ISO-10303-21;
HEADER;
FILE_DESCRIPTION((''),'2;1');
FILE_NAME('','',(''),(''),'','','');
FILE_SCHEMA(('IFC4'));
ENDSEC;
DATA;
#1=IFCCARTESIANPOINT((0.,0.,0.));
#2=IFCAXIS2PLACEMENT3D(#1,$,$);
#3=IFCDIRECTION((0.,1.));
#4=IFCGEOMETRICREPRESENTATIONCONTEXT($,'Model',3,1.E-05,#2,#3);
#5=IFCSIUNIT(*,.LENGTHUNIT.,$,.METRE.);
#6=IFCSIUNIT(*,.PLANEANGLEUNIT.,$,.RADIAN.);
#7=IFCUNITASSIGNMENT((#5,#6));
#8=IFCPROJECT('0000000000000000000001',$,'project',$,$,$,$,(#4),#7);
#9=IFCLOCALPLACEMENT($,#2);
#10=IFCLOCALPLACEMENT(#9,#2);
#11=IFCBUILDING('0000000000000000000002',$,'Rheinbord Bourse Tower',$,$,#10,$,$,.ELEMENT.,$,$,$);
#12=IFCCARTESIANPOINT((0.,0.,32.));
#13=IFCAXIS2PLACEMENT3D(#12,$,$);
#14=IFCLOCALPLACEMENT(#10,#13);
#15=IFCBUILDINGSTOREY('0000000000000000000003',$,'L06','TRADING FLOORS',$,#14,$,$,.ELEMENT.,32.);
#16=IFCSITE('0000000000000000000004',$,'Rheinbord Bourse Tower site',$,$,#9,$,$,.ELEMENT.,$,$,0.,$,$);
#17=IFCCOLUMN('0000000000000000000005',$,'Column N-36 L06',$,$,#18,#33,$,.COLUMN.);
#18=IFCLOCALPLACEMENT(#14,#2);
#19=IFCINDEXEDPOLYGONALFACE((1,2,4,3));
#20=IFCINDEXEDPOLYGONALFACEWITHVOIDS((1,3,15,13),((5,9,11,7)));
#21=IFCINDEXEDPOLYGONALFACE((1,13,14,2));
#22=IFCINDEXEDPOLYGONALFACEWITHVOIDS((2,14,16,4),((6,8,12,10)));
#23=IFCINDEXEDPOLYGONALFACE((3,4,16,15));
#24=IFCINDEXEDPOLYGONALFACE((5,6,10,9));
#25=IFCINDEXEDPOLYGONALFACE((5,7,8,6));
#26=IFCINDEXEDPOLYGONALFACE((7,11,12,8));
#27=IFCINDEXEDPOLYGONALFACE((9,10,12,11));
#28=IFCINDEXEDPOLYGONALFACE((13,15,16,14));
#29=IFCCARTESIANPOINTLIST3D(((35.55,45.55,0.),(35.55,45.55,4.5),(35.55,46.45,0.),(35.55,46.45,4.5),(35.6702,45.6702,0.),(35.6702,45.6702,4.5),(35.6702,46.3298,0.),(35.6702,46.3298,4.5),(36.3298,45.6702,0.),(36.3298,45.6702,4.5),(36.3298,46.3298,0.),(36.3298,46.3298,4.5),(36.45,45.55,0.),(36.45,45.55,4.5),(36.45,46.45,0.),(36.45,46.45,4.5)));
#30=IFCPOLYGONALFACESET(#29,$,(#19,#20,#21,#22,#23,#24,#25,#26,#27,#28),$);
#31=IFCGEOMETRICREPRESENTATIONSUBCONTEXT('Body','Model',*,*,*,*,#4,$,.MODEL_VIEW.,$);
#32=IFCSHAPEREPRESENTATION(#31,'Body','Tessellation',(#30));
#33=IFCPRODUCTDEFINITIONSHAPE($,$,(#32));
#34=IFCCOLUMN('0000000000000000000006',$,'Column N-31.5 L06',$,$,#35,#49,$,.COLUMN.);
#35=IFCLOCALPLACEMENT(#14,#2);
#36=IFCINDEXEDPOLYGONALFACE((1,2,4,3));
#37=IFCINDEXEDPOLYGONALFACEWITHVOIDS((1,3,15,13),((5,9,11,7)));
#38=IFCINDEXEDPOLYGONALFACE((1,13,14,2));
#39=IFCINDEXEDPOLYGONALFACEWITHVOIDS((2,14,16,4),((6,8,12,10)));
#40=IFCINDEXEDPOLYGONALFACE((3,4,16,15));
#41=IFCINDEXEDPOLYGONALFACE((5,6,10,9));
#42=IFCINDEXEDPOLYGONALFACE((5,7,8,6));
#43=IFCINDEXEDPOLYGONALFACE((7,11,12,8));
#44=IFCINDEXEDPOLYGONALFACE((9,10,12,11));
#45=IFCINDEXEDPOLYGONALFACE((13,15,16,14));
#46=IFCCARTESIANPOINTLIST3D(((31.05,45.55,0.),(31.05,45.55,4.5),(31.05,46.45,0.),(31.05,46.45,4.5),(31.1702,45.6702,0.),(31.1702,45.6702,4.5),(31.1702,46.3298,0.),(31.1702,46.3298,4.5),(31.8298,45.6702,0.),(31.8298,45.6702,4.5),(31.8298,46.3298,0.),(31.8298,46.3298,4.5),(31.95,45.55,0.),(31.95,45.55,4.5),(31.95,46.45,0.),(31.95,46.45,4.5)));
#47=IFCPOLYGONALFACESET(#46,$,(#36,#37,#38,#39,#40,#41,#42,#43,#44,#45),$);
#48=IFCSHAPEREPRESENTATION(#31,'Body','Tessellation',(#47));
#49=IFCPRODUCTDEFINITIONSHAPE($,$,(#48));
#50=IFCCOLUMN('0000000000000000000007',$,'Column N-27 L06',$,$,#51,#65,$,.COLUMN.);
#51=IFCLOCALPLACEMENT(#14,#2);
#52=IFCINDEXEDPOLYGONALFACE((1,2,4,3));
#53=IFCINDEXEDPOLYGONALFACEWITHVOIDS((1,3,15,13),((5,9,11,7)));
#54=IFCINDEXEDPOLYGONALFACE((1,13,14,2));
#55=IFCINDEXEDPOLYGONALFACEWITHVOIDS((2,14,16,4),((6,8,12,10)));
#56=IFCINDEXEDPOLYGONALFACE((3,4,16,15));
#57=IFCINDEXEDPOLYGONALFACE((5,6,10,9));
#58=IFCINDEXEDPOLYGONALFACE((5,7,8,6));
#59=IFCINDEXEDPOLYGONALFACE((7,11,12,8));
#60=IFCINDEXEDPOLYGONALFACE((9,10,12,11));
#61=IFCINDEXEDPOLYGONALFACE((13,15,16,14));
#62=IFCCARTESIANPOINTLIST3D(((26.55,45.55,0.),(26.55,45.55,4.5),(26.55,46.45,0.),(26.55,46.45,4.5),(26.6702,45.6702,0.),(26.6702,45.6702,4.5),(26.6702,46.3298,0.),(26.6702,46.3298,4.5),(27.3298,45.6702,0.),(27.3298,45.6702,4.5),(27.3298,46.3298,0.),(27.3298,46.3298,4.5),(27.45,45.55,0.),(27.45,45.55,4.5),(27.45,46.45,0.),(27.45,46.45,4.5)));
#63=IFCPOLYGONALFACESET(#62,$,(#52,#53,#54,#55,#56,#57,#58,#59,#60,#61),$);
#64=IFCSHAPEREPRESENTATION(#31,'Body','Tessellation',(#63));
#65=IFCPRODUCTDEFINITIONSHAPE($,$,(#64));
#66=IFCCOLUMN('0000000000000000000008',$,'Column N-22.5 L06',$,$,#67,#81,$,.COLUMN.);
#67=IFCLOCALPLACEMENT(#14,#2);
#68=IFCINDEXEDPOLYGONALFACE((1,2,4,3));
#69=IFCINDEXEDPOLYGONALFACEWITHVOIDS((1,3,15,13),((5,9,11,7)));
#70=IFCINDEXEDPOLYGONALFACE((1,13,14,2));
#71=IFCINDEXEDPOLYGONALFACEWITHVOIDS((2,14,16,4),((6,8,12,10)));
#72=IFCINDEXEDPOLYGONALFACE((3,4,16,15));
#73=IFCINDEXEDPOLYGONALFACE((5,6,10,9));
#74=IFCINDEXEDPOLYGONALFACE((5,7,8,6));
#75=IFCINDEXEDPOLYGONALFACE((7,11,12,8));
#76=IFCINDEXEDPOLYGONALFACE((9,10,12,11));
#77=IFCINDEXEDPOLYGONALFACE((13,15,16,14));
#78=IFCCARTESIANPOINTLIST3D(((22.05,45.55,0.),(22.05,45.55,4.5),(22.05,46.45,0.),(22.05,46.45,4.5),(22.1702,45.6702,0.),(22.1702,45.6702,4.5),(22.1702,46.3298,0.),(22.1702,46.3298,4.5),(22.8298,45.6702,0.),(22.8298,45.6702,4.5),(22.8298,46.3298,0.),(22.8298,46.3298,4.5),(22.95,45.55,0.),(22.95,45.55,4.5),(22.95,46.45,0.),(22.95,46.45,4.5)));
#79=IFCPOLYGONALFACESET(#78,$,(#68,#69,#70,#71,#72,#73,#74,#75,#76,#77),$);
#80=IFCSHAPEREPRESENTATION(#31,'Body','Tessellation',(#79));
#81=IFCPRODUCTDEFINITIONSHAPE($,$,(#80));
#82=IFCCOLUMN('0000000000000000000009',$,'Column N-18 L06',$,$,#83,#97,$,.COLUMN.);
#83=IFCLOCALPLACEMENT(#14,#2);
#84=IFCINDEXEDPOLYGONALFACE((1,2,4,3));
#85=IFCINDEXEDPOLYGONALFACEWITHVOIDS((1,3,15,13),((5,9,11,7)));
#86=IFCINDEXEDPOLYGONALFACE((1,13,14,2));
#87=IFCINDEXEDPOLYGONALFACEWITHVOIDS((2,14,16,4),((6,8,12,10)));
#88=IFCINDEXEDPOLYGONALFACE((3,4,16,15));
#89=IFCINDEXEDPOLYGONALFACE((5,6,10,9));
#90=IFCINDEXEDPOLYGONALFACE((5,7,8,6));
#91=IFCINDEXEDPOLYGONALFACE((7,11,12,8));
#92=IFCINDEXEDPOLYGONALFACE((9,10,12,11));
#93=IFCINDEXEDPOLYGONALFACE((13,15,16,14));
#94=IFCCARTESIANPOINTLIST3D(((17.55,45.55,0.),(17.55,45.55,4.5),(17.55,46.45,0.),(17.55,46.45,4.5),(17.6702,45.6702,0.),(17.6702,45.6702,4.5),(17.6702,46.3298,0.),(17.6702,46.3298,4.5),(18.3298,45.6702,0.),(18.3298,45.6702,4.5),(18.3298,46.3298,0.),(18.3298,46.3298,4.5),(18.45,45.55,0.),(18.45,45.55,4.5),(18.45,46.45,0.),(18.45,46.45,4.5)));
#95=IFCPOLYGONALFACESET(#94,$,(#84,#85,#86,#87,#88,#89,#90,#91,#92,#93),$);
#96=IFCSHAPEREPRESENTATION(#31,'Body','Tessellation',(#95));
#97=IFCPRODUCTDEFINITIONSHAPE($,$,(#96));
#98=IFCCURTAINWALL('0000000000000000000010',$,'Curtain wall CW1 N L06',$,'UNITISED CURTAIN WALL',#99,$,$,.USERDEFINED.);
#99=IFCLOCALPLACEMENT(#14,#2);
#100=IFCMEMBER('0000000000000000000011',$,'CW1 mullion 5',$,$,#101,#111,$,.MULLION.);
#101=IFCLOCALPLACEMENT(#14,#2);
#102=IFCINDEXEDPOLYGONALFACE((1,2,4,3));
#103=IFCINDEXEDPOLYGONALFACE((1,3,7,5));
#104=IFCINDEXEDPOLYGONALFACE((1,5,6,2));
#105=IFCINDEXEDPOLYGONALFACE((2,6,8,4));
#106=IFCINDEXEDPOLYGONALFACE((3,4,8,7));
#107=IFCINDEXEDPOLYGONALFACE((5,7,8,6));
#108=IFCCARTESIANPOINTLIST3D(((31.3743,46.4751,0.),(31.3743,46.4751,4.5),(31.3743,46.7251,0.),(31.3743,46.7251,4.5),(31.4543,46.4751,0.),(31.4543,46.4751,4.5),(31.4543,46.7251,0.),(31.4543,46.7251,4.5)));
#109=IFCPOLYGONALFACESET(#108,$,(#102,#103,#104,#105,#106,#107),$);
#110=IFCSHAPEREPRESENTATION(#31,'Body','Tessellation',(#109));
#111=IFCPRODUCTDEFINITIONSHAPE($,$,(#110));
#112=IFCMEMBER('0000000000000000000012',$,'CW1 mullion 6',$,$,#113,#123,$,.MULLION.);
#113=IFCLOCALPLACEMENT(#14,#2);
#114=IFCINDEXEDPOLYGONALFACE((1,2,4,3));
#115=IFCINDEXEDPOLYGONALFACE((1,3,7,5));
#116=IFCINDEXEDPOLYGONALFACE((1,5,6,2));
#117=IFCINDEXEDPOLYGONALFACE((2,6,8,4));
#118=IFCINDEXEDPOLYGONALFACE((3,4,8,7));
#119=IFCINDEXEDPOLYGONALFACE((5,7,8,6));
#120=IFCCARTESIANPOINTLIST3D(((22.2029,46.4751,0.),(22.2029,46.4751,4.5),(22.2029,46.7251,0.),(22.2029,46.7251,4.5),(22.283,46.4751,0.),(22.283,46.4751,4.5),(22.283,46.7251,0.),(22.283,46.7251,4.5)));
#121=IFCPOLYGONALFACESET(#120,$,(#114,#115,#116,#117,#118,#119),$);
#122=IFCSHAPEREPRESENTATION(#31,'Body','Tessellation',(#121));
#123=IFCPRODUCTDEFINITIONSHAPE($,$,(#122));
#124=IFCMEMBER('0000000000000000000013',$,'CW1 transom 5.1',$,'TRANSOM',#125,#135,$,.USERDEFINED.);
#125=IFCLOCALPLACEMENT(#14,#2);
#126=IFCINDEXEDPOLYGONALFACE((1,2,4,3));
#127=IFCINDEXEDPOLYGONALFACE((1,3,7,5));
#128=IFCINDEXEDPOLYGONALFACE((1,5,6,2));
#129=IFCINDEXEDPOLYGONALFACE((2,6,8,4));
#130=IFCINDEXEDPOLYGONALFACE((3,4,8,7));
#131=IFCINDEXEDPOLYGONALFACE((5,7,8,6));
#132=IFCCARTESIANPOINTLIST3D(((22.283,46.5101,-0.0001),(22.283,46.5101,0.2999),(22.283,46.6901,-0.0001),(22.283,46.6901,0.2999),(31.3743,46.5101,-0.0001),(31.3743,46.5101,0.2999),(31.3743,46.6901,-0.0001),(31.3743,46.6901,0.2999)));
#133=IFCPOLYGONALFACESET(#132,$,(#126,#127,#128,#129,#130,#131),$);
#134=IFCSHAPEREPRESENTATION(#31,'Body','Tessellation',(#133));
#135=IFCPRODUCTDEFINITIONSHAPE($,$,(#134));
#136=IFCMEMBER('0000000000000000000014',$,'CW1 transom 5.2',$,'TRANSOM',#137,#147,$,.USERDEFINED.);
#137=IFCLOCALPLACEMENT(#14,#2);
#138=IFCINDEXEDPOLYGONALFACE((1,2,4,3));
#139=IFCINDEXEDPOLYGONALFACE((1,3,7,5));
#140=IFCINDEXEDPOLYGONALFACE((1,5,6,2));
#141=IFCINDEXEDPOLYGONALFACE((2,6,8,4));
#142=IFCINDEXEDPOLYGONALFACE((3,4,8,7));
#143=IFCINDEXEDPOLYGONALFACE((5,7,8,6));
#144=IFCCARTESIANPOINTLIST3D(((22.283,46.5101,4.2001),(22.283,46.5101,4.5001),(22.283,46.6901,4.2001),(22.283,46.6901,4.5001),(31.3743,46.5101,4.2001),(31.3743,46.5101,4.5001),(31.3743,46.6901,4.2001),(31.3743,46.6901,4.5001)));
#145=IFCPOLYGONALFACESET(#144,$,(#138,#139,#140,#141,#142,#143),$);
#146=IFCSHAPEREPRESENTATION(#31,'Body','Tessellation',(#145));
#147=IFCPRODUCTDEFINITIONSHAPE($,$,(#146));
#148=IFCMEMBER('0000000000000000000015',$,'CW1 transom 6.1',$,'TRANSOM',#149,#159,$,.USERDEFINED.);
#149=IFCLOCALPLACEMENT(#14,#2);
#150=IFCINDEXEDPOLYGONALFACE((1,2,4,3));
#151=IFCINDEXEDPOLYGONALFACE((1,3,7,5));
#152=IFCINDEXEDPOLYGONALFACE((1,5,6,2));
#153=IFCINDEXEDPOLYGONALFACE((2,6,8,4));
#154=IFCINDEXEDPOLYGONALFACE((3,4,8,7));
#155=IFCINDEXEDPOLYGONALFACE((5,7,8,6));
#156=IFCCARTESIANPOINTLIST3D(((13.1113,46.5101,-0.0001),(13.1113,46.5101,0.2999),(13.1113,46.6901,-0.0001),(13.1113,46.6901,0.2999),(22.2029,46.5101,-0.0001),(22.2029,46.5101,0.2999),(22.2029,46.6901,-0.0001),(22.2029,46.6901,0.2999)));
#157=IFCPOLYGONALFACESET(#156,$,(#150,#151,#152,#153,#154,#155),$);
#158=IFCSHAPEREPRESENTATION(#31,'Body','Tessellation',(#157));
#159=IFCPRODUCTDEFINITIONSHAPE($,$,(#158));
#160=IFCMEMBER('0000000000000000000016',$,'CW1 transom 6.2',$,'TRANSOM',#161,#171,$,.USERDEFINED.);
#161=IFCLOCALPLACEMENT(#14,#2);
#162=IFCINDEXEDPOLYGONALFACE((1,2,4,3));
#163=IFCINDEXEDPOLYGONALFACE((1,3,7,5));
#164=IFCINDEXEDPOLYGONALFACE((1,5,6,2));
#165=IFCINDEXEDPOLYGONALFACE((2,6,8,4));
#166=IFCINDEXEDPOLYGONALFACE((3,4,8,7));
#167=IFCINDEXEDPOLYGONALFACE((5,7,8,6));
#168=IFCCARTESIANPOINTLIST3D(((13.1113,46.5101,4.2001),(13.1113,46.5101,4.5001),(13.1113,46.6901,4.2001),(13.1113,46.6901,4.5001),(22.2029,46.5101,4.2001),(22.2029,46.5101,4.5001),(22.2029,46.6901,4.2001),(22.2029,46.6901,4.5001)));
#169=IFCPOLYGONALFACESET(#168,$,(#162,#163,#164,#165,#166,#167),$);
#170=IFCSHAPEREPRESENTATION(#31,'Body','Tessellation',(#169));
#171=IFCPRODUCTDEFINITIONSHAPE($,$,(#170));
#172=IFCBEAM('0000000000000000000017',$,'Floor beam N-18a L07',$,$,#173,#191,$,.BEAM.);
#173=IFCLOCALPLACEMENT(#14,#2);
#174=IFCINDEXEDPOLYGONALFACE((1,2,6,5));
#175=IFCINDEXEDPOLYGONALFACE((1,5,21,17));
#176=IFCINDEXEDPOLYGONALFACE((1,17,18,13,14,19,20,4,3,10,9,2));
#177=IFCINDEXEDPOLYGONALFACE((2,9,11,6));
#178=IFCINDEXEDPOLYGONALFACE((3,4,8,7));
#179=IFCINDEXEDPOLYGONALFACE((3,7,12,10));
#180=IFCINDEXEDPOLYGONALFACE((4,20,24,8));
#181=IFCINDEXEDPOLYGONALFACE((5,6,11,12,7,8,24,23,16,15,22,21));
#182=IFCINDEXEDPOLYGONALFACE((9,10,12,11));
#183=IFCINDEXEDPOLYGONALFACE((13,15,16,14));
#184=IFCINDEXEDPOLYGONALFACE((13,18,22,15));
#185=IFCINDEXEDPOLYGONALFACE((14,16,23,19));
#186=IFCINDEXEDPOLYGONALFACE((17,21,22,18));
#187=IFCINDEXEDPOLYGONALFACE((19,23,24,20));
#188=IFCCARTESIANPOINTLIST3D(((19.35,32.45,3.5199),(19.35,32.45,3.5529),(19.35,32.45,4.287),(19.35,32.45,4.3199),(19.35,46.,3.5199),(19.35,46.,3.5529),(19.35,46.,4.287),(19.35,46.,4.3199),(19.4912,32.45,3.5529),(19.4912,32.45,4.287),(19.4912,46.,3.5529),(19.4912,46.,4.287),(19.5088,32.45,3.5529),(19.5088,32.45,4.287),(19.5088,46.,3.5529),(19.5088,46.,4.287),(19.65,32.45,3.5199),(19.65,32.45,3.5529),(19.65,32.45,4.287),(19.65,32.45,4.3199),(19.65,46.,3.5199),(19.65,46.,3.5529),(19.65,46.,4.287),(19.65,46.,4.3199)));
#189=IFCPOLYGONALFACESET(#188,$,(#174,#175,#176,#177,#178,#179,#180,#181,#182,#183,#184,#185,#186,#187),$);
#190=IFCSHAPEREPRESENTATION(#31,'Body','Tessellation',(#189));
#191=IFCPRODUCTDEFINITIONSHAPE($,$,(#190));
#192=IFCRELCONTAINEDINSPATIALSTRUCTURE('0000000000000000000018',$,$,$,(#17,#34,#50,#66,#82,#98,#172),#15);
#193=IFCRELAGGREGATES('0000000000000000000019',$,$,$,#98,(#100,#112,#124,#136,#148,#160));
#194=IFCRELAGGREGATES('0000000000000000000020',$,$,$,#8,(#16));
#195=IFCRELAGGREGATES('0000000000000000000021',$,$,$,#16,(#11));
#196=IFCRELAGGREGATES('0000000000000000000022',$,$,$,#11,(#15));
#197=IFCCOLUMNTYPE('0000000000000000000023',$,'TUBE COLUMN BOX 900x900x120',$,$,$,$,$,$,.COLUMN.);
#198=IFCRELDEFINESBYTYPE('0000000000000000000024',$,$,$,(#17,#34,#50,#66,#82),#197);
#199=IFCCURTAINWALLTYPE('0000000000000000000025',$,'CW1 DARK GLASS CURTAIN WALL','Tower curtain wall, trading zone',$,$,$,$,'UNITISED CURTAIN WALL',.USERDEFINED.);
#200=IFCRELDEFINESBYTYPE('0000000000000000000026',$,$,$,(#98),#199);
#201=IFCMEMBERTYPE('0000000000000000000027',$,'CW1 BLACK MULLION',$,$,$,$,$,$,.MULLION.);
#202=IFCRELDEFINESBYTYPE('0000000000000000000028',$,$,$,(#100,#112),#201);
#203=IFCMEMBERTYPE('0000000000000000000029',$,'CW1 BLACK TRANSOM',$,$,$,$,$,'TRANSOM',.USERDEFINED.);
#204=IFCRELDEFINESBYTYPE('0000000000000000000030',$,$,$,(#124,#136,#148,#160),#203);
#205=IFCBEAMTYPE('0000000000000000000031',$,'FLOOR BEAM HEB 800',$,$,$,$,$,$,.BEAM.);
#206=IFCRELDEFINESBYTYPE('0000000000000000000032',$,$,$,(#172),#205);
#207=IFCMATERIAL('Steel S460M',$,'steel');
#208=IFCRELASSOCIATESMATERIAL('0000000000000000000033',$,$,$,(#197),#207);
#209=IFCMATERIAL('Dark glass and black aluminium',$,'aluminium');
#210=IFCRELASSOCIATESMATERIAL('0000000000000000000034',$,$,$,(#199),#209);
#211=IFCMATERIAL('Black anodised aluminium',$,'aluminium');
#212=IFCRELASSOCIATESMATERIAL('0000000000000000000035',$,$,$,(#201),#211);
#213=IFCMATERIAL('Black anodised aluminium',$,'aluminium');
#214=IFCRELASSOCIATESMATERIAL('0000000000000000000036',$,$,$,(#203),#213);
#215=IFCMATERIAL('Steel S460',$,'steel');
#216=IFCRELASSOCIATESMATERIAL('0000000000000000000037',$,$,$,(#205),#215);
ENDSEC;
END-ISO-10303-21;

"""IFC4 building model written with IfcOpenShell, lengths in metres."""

from ifc_helpers import new_model, si_unit, direction, frame, origin, origin_2d, place, context, subcontext, project, spatial, rectangle, hollow_rectangle, i_section, extrude, material, material_profile, profile_set, type_object, element, aggregate, save


model = new_model("IFC4")

# Units and contexts
model_context = context("Model", 3, precision=1e-05, world=origin(), true_north=direction((0.0, 1.0)))
body_context = subcontext(model_context, "Body", "Model", "MODEL_VIEW")
ifc_project = project(units=[si_unit("LENGTHUNIT", "METRE"), si_unit("PLANEANGLEUNIT", "RADIAN")], contexts=[model_context])

# Site, building, storey
site_placement = place(None, origin())
site = spatial("IfcSite", under=ifc_project, at=site_placement, Name="Rheinbord Bourse Tower site", CompositionType="ELEMENT", RefElevation=0.0)
building_placement = place(site_placement, origin())
building = spatial("IfcBuilding", under=site, at=building_placement, Name="Rheinbord Bourse Tower", CompositionType="ELEMENT")
storey_placement = place(building_placement, frame((0.0, 0.0, 32.0)))
storey = spatial("IfcBuildingStorey", under=building, at=storey_placement, Name="L06", Description="TRADING FLOORS", CompositionType="ELEMENT", Elevation=32.0)

# Columns
ifc_material_1 = material(Name="Steel S460M", Category="steel")
ifc_material_profile_1 = material_profile(ifc_material_1, hollow_rectangle(XDim=0.8999, YDim=0.8999, WallThickness=0.1201, at=origin_2d()), Name="BOX 900x900x120")
ifc_profile_set_1 = profile_set([ifc_material_profile_1], Name="Steel S460M")
column_type = type_object("IfcColumnType", Name="TUBE COLUMN BOX 900x900x120", PredefinedType="COLUMN", material=ifc_profile_set_1)
for number, where, z_axis, x_axis, name in (
    (1, (36.0, 46.0, 0.0), (0.0, 0.0, 1.0), (0.0, 1.0, 0.0), "Column N-36 L06"),
    (2, (31.5, 46.0, 0.0), (0.0, 0.0, 1.0), (0.0, 1.0, 0.0), "Column N-31.5 L06"),
    (3, (27.0, 46.0, 0.0), (0.0, 0.0, 1.0), (0.0, 1.0, 0.0), "Column N-27 L06"),
    (4, (22.5, 46.0, 0.0), (0.0, 0.0, 1.0), (0.0, 1.0, 0.0), "Column N-22.5 L06"),
    (5, (18.0, 46.0, 0.0), (0.0, 0.0, 1.0), (0.0, 1.0, 0.0), "Column N-18 L06"),
):
    element("IfcColumn", number, at=place(storey_placement, frame(where, z_axis=z_axis, x_axis=x_axis)), inside=storey, type_object=column_type, Name=name, PredefinedType="COLUMN", context=body_context, shape_type="SweptSolid", body=[
        extrude(hollow_rectangle(XDim=0.8999, YDim=0.8999, WallThickness=0.1201, at=origin_2d()), origin(), (0.0, 0.0, 1.0), 4.5),
    ])

# Curtain wall, members
ifc_material_2 = material(Name="Dark glass and black aluminium", Category="aluminium")
curtain_wall_type = type_object("IfcCurtainWallType", Name="CW1 DARK GLASS CURTAIN WALL", Description="Tower curtain wall, trading zone", ElementType="UNITISED CURTAIN WALL", PredefinedType="USERDEFINED", material=ifc_material_2)
curtain_wall_placement = place(storey_placement, origin())
curtain_wall = element("IfcCurtainWall", 6, at=curtain_wall_placement, inside=storey, type_object=curtain_wall_type, Name="Curtain wall CW1 N L06", ObjectType="UNITISED CURTAIN WALL", PredefinedType="USERDEFINED")
ifc_material_3 = material(Name="Black anodised aluminium", Category="aluminium")
ifc_material_profile_2 = material_profile(ifc_material_3, rectangle(XDim=0.25, YDim=0.0801, at=origin_2d()), Name="CW1 MULLION 80x250")
ifc_profile_set_2 = profile_set([ifc_material_profile_2], Name="Black anodised aluminium")
member_type_1 = type_object("IfcMemberType", Name="CW1 BLACK MULLION", PredefinedType="MULLION", material=ifc_profile_set_2)
member_1_placement = place(storey_placement, frame((31.4143, 46.6001, 0.0), z_axis=(0.0, 0.0, 1.0), x_axis=(0.0, -1.0, 0.0)))
member_1 = element("IfcMember", 7, at=member_1_placement, type_object=member_type_1, Name="CW1 mullion 5", PredefinedType="MULLION", context=body_context, shape_type="SweptSolid", body=[
    extrude(rectangle(XDim=0.25, YDim=0.0801, at=origin_2d()), origin(), (0.0, 0.0, 1.0), 4.5),
])
member_2_placement = place(storey_placement, frame((22.2429, 46.6001, 0.0), z_axis=(0.0, 0.0, 1.0), x_axis=(0.0, -1.0, 0.0)))
member_2 = element("IfcMember", 8, at=member_2_placement, type_object=member_type_1, Name="CW1 mullion 6", PredefinedType="MULLION", context=body_context, shape_type="SweptSolid", body=[
    extrude(rectangle(XDim=0.25, YDim=0.0801, at=origin_2d()), origin(), (0.0, 0.0, 1.0), 4.5),
])
ifc_material_4 = material(Name="Black anodised aluminium", Category="aluminium")
ifc_material_profile_3 = material_profile(ifc_material_4, rectangle(XDim=0.1799, YDim=0.3, at=origin_2d()), Name="CW1 TRANSOM 300x180")
ifc_profile_set_3 = profile_set([ifc_material_profile_3], Name="Black anodised aluminium")
member_type_2 = type_object("IfcMemberType", Name="CW1 BLACK TRANSOM", ElementType="TRANSOM", PredefinedType="USERDEFINED", material=ifc_profile_set_3)
member_3_placement = place(storey_placement, frame((31.3743, 46.6001, 0.1499), z_axis=(-1.0, 0.0, 0.0), x_axis=(0.0, -1.0, 0.0)))
member_3 = element("IfcMember", 9, at=member_3_placement, type_object=member_type_2, Name="CW1 transom 5.1", ObjectType="TRANSOM", PredefinedType="USERDEFINED", context=body_context, shape_type="SweptSolid", body=[
    extrude(rectangle(XDim=0.1799, YDim=0.3, at=origin_2d()), origin(), (0.0, 0.0, 1.0), 9.0913),
])
member_4_placement = place(storey_placement, frame((31.3743, 46.6001, 4.3501), z_axis=(-1.0, 0.0, 0.0), x_axis=(0.0, -1.0, 0.0)))
member_4 = element("IfcMember", 10, at=member_4_placement, type_object=member_type_2, Name="CW1 transom 5.2", ObjectType="TRANSOM", PredefinedType="USERDEFINED", context=body_context, shape_type="SweptSolid", body=[
    extrude(rectangle(XDim=0.1799, YDim=0.3, at=origin_2d()), origin(), (0.0, 0.0, 1.0), 9.0913),
])
member_5_placement = place(storey_placement, frame((22.2029, 46.6001, 0.1499), z_axis=(-1.0, 0.0, 0.0), x_axis=(0.0, -1.0, 0.0)))
member_5 = element("IfcMember", 11, at=member_5_placement, type_object=member_type_2, Name="CW1 transom 6.1", ObjectType="TRANSOM", PredefinedType="USERDEFINED", context=body_context, shape_type="SweptSolid", body=[
    extrude(rectangle(XDim=0.1799, YDim=0.3, at=origin_2d()), origin(), (0.0, 0.0, 1.0), 9.0916),
])
member_6_placement = place(storey_placement, frame((22.2029, 46.6001, 4.3501), z_axis=(-1.0, 0.0, 0.0), x_axis=(0.0, -1.0, 0.0)))
member_6 = element("IfcMember", 12, at=member_6_placement, type_object=member_type_2, Name="CW1 transom 6.2", ObjectType="TRANSOM", PredefinedType="USERDEFINED", context=body_context, shape_type="SweptSolid", body=[
    extrude(rectangle(XDim=0.1799, YDim=0.3, at=origin_2d()), origin(), (0.0, 0.0, 1.0), 9.0916),
])

# Beam
ifc_material_5 = material(Name="Steel S460", Category="steel")
ifc_material_profile_4 = material_profile(ifc_material_5, i_section(OverallWidth=0.3, OverallDepth=0.8, WebThickness=0.0176, FlangeThickness=0.033, at=origin_2d()), Name="HEB 800")
ifc_profile_set_4 = profile_set([ifc_material_profile_4], Name="Steel S460")
beam_type_1 = type_object("IfcBeamType", Name="FLOOR BEAM HEB 800", PredefinedType="BEAM", material=ifc_profile_set_4)
for number, where, z_axis, x_axis, name in (
    (13, (19.5, 46.0, 3.9199), (0.0, -1.0, 0.0), (1.0, 0.0, 0.0), "Floor beam N-18a L07"),
):
    element("IfcBeam", number, at=place(storey_placement, frame(where, z_axis=z_axis, x_axis=x_axis)), inside=storey, type_object=beam_type_1, Name=name, PredefinedType="BEAM", context=body_context, shape_type="SweptSolid", body=[
        extrude(i_section(OverallWidth=0.3, OverallDepth=0.8, WebThickness=0.0176, FlangeThickness=0.033, at=origin_2d()), origin(), (0.0, 0.0, 1.0), 13.55),
    ])

aggregate(curtain_wall, [member_1, member_2, member_3, member_4, member_5, member_6])

save(model, "model.ifc")
